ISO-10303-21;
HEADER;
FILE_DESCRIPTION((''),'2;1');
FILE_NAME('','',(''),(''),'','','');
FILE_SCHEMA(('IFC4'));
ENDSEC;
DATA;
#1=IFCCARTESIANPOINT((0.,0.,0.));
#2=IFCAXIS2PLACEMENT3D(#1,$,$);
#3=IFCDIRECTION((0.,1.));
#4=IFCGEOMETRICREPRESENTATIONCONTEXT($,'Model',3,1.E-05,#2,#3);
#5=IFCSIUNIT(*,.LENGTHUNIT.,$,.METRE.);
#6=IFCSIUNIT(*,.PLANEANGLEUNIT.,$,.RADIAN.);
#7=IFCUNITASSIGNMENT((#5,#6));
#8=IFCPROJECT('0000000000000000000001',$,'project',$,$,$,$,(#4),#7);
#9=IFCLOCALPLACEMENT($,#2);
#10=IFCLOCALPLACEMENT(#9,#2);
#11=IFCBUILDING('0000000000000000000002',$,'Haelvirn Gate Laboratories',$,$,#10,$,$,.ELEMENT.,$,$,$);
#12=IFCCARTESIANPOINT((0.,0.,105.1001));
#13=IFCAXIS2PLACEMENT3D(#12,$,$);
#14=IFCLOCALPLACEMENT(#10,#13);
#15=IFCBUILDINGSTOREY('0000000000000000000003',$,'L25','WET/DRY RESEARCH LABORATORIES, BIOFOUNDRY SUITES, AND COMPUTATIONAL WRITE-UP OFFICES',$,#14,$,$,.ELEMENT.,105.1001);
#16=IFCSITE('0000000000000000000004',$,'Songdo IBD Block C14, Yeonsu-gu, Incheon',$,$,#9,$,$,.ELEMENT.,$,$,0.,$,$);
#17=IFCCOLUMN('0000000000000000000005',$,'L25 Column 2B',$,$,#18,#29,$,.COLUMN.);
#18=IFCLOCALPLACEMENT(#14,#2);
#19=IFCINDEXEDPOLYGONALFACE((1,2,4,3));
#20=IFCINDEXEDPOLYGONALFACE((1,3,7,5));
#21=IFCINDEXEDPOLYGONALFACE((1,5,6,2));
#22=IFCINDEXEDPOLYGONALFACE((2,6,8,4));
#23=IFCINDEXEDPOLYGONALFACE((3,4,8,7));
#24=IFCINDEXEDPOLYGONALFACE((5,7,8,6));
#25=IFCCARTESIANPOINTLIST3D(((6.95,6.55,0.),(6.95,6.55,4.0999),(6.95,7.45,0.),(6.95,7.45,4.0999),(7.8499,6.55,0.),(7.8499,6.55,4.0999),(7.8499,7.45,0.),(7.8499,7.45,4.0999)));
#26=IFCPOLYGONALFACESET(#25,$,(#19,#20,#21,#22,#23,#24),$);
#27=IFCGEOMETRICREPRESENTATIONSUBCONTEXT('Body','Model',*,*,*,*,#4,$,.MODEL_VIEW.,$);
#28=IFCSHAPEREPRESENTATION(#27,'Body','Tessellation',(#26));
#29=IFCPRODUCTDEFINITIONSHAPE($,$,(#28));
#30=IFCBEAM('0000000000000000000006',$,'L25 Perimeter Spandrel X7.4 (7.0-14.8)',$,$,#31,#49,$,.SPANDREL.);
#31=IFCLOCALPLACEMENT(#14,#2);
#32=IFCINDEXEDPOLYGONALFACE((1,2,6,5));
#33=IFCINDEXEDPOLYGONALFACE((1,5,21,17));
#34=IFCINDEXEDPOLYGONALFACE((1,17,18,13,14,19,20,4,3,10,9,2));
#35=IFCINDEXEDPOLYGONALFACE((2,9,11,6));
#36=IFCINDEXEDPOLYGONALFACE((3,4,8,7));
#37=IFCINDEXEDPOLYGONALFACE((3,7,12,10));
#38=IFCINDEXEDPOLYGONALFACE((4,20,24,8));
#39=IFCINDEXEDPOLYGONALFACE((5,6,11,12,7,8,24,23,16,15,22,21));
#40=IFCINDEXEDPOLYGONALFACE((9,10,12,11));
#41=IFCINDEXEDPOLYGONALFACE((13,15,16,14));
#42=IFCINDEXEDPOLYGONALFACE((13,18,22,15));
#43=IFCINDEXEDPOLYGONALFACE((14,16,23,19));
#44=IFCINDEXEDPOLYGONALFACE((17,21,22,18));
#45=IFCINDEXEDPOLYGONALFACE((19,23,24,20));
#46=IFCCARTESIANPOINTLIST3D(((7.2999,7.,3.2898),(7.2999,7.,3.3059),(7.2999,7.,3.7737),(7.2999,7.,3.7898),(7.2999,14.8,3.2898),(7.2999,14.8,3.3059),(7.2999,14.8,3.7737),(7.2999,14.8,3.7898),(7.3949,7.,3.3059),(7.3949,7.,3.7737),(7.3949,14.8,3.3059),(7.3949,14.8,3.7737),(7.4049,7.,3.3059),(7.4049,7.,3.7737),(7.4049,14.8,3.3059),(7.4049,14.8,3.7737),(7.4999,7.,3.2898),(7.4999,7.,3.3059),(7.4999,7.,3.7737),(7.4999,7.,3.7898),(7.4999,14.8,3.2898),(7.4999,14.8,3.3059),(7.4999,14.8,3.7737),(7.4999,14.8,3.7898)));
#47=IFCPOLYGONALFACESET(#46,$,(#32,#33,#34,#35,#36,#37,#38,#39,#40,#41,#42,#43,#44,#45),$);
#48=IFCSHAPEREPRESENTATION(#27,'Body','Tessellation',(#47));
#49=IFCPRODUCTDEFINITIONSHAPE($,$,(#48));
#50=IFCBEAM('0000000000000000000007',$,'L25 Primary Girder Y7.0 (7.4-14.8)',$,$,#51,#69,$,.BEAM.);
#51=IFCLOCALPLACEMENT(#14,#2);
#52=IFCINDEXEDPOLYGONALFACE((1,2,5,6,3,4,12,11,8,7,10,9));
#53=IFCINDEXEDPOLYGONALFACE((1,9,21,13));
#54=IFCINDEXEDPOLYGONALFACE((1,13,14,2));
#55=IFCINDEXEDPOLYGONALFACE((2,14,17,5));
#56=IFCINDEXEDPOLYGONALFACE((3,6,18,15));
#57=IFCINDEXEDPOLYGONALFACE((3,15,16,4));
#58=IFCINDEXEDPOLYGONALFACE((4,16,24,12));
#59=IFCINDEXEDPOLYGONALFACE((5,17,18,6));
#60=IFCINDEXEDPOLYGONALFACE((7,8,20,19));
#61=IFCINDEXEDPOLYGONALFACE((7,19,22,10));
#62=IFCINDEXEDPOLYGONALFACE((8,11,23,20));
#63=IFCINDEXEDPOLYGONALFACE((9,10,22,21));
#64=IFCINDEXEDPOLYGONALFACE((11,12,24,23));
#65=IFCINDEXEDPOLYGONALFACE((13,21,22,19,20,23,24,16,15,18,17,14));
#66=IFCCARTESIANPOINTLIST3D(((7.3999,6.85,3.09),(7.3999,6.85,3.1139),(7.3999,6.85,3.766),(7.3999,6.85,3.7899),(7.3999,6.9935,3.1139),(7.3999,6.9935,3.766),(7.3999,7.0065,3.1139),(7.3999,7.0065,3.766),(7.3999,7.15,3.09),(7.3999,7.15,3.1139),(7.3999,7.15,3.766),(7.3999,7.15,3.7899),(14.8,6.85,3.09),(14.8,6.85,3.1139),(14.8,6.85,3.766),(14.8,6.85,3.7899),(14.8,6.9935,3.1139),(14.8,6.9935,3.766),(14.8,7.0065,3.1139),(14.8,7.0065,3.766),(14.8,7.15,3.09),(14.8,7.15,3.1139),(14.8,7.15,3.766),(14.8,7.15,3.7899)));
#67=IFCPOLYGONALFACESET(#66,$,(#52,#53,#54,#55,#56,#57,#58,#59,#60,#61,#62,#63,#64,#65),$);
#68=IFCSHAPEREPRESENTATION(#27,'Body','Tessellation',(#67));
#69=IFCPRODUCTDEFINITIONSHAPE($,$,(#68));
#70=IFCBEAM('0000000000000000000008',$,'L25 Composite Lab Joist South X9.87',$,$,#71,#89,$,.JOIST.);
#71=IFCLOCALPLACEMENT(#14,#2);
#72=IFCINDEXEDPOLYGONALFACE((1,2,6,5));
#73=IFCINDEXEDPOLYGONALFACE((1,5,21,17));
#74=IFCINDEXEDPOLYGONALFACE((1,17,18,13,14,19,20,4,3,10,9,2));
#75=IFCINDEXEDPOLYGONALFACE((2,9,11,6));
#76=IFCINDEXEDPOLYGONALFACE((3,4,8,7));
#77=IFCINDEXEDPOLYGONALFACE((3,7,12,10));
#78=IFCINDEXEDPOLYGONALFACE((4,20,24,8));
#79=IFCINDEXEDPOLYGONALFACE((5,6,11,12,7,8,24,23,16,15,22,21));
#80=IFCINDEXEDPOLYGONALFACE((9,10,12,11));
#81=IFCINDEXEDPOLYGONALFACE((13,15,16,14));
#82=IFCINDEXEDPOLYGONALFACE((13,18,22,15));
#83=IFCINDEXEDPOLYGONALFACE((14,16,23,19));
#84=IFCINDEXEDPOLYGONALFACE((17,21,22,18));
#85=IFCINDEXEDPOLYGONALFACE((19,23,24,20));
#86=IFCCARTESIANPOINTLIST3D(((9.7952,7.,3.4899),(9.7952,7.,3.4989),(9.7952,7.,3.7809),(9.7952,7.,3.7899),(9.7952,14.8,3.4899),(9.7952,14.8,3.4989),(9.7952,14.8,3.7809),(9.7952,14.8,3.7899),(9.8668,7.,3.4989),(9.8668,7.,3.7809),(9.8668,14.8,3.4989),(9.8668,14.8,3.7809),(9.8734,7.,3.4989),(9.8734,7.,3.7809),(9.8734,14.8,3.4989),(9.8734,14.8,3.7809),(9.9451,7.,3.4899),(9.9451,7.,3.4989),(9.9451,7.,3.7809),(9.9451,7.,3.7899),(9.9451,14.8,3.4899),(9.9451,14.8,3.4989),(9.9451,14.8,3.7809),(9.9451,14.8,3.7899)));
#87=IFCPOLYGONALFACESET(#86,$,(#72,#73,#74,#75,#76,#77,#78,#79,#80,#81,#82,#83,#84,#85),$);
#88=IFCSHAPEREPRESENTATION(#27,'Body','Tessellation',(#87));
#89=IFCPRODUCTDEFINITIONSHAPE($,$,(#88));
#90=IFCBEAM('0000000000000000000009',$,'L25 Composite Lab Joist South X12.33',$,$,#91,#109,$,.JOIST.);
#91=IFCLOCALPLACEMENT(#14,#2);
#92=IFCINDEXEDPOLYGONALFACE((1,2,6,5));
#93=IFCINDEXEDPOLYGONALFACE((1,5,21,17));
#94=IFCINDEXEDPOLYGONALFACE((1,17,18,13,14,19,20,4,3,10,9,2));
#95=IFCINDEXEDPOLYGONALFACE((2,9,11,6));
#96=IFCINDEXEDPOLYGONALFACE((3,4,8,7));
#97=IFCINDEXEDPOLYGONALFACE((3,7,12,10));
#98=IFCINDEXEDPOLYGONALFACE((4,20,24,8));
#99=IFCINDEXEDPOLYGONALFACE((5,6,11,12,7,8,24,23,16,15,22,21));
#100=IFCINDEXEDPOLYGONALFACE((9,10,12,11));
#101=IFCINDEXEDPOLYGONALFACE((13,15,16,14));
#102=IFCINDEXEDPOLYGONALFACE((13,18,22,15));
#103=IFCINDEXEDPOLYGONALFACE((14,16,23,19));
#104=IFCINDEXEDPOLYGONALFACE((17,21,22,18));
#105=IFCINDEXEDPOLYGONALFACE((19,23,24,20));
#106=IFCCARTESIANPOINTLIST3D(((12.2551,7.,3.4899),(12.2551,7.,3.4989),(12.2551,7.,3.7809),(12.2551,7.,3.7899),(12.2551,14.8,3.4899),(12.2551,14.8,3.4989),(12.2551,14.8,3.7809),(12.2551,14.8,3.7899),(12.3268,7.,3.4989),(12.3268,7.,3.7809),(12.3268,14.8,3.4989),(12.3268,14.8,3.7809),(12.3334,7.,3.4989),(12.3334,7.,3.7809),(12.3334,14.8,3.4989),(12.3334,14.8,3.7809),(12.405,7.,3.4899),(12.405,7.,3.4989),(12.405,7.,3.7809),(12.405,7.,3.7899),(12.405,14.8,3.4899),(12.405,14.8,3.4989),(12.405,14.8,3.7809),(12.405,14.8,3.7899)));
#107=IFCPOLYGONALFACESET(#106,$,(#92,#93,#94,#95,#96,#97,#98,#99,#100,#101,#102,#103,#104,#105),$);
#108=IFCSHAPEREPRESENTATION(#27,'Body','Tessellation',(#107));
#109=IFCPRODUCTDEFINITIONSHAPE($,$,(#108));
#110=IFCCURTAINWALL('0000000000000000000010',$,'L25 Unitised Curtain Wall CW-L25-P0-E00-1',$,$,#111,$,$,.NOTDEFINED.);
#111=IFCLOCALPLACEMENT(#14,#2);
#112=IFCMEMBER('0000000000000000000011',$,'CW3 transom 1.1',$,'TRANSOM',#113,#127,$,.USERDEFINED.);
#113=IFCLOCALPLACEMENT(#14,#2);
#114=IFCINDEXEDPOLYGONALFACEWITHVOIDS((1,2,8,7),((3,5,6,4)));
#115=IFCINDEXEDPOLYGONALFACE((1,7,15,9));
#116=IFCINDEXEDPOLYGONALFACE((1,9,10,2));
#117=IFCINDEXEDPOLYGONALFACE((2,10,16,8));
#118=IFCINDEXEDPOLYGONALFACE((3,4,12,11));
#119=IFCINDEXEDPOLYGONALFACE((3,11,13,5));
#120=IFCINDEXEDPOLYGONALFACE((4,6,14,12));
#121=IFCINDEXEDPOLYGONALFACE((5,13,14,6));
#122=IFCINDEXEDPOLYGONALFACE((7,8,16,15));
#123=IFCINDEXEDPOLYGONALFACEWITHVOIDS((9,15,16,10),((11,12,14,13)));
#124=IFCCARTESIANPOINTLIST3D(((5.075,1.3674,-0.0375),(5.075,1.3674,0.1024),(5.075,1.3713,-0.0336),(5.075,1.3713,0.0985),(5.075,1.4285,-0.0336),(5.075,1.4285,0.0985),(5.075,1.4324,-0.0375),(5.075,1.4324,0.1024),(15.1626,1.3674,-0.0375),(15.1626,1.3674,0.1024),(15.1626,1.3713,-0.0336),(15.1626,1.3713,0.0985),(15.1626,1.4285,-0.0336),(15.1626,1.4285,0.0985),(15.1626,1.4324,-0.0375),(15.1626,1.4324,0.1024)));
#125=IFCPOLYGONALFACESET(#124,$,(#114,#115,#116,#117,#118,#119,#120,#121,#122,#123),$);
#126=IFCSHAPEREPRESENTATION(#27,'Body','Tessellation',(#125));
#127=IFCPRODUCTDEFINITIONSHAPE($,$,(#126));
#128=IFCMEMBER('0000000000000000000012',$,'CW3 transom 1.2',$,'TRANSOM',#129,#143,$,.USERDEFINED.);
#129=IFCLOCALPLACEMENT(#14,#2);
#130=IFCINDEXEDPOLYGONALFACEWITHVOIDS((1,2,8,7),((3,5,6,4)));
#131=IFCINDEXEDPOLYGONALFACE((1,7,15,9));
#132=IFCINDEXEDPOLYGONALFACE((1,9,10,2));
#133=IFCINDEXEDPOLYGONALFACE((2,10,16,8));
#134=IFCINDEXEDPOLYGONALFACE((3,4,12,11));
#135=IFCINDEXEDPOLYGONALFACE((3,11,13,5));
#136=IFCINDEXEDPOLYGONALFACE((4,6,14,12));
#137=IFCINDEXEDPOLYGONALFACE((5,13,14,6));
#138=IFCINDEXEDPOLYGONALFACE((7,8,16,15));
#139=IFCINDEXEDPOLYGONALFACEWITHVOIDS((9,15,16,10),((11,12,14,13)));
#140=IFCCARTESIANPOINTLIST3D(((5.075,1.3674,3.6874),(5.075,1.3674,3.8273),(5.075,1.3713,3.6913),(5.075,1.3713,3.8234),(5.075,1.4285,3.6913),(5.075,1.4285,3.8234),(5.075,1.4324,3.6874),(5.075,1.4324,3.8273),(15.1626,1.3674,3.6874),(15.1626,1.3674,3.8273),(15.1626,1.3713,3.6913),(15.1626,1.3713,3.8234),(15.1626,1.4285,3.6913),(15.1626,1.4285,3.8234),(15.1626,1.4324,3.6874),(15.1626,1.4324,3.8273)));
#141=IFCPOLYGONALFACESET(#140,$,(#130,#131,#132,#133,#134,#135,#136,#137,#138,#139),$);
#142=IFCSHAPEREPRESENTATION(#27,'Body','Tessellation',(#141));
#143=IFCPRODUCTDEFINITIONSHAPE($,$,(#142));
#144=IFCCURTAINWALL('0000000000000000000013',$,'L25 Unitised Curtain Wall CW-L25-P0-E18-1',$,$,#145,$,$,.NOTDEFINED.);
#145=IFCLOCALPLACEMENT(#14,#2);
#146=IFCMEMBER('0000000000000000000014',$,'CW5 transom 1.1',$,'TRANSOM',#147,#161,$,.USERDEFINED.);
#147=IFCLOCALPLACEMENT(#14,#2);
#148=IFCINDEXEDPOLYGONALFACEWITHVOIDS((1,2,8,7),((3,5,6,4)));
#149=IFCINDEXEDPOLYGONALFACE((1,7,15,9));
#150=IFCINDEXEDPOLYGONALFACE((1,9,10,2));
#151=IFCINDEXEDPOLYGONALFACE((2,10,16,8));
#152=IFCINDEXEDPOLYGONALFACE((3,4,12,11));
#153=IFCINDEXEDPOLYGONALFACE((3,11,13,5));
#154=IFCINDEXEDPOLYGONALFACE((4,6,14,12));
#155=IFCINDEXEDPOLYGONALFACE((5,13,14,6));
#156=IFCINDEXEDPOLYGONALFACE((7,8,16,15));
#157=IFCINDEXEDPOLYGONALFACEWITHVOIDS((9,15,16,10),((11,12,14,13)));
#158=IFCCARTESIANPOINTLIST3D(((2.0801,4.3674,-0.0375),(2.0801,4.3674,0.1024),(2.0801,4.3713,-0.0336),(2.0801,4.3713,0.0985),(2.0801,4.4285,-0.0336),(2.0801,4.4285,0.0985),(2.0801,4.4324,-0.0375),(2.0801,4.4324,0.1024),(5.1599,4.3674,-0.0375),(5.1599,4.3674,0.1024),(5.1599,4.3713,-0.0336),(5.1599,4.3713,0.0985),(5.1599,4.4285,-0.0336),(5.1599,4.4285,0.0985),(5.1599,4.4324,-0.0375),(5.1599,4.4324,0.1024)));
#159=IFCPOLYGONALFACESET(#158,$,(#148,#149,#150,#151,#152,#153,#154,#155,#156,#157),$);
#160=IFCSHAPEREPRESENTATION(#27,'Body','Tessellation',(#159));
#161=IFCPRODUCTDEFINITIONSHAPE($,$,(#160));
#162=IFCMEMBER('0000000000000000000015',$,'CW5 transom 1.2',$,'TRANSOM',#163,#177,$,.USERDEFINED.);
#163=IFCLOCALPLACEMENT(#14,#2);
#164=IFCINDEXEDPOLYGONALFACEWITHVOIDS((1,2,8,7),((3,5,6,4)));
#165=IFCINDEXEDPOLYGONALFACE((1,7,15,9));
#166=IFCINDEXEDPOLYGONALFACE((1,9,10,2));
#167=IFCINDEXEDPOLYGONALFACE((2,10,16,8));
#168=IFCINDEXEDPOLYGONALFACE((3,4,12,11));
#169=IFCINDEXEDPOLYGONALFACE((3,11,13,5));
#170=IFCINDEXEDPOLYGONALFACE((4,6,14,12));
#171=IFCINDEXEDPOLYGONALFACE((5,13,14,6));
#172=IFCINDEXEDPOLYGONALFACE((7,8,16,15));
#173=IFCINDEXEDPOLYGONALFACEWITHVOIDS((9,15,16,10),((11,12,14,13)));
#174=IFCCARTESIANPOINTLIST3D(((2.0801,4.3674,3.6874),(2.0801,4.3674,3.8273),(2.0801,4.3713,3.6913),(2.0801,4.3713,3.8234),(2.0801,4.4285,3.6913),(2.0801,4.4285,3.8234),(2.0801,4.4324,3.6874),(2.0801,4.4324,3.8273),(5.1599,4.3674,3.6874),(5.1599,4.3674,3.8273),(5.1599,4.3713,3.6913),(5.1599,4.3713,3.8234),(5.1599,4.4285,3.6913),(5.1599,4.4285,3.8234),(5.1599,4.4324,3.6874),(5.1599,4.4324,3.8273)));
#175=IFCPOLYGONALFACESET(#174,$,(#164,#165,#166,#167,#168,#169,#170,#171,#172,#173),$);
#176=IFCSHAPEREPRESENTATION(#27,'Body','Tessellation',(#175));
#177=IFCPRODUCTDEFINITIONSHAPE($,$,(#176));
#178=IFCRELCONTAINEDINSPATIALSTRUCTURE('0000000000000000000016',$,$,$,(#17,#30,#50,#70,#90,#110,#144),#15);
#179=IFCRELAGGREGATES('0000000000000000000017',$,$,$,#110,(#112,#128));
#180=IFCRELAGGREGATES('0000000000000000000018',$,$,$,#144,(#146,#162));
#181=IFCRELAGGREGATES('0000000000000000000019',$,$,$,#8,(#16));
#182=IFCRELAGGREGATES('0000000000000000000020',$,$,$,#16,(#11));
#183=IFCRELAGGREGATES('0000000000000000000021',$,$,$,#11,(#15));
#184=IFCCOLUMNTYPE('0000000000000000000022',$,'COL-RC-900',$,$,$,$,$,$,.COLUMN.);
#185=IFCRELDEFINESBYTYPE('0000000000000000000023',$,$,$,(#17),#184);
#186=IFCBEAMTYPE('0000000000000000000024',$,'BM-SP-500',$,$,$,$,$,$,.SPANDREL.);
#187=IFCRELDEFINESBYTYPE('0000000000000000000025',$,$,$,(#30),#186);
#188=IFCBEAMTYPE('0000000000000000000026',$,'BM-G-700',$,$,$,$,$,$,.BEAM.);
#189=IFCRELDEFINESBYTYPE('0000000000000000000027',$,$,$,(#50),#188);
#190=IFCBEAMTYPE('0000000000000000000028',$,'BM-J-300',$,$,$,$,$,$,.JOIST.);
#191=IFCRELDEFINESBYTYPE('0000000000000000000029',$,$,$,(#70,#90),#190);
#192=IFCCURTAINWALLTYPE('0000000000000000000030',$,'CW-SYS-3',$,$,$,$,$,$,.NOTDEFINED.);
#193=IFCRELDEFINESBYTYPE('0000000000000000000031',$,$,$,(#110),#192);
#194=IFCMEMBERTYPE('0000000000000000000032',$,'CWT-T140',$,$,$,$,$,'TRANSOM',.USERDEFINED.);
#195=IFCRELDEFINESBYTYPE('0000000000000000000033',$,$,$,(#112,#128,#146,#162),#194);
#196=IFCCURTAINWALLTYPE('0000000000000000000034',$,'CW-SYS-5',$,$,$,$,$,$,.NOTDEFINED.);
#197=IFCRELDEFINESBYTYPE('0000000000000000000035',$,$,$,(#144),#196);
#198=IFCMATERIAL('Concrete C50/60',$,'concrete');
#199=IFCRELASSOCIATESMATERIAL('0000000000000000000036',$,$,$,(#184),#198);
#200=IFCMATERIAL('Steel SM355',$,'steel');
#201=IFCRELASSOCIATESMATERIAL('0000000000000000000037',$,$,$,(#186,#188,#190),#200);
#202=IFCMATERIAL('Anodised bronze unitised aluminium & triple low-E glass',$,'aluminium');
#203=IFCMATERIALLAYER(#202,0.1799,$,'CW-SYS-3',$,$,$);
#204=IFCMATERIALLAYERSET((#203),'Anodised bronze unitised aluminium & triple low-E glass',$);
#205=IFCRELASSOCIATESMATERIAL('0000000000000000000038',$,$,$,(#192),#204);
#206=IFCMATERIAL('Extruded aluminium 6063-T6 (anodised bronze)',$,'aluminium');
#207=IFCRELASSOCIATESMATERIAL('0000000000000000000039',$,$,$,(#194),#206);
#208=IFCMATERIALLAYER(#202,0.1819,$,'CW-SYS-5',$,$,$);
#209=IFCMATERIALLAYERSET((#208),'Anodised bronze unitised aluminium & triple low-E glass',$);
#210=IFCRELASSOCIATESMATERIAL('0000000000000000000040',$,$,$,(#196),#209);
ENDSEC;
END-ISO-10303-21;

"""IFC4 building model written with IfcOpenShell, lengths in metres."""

from ifc_helpers import new_model, si_unit, direction, frame, origin, origin_2d, place, context, subcontext, project, spatial, rectangle, hollow_rectangle, i_section, extrude, source, transform, mapped, material, layer, layer_set, material_profile, profile_set, type_object, type_shapes, element, aggregate, save


model = new_model("IFC4")

# Units and contexts
model_context = context("Model", 3, precision=1e-05, world=origin(), true_north=direction((0.0, 1.0)))
body_context = subcontext(model_context, "Body", "Model", "MODEL_VIEW")
ifc_project = project(units=[si_unit("LENGTHUNIT", "METRE"), si_unit("PLANEANGLEUNIT", "RADIAN")], contexts=[model_context])

# Site, building, storey
site_placement = place(None, origin())
site = spatial("IfcSite", under=ifc_project, at=site_placement, Name="Songdo IBD Block C14, Yeonsu-gu, Incheon", CompositionType="ELEMENT", RefElevation=0.0)
building_placement = place(site_placement, origin())
building = spatial("IfcBuilding", under=site, at=building_placement, Name="Haelvirn Gate Laboratories", CompositionType="ELEMENT")
storey_placement = place(building_placement, frame((0.0, 0.0, 105.1001)))
storey = spatial("IfcBuildingStorey", under=building, at=storey_placement, Name="L25", Description="WET/DRY RESEARCH LABORATORIES, BIOFOUNDRY SUITES, AND COMPUTATIONAL WRITE-UP OFFICES", CompositionType="ELEMENT", Elevation=105.1001)

# Column
ifc_material_1 = material(Name="Concrete C50/60", Category="concrete")
ifc_material_profile_1 = material_profile(ifc_material_1, rectangle(XDim=0.8999, YDim=0.8999, at=origin_2d()), Name="RC-900x900")
ifc_profile_set_1 = profile_set([ifc_material_profile_1], Name="Concrete C50/60")
column_type = type_object("IfcColumnType", Name="COL-RC-900", PredefinedType="COLUMN", material=ifc_profile_set_1)
shared_shape_1 = source(origin(), body_context, "Body", "SweptSolid", [
    extrude(rectangle(XDim=0.8999, YDim=0.8999, at=origin_2d()), origin(), (0.0, 0.0, 1.0), 4.0999),
])
type_shapes(column_type, [shared_shape_1])
column_placement = place(storey_placement, frame((7.3999, 7.0, 0.0), z_axis=(0.0, 0.0, 1.0), x_axis=(1.0, 0.0, 0.0)))
element("IfcColumn", 1, at=column_placement, inside=storey, type_object=column_type, Name="L25 Column 2B", PredefinedType="COLUMN", context=body_context, shape_type="MappedRepresentation", body=[
    mapped(shared_shape_1, transform((0.0, 0.0, 0.0), scale=1.0)),
])

# Beams
ifc_material_2 = material(Name="Steel SM355", Category="steel")
ifc_material_profile_2 = material_profile(ifc_material_2, i_section(OverallWidth=0.2, OverallDepth=0.5, WebThickness=0.01, FlangeThickness=0.0161, at=origin_2d()), Name="H-500x200x10x16")
ifc_profile_set_2 = profile_set([ifc_material_profile_2], Name="Steel SM355")
beam_type_1 = type_object("IfcBeamType", Name="BM-SP-500", PredefinedType="SPANDREL", material=ifc_profile_set_2)
shared_shape_2 = source(origin(), body_context, "Body", "SweptSolid", [
    extrude(i_section(OverallWidth=0.2, OverallDepth=0.5, WebThickness=0.01, FlangeThickness=0.0161, at=origin_2d()), origin(), (0.0, 0.0, 1.0), 7.8),
])
type_shapes(beam_type_1, [shared_shape_2])
beam_1_placement = place(storey_placement, frame((7.3999, 7.0, 3.5398), z_axis=(0.0, 1.0, 0.0), x_axis=(-1.0, 0.0, 0.0)))
element("IfcBeam", 2, at=beam_1_placement, inside=storey, type_object=beam_type_1, Name="L25 Perimeter Spandrel X7.4 (7.0-14.8)", PredefinedType="SPANDREL", context=body_context, shape_type="MappedRepresentation", body=[
    mapped(shared_shape_2, transform((0.0, 0.0, 0.0), scale=1.0)),
])
ifc_material_profile_3 = material_profile(ifc_material_2, i_section(OverallWidth=0.3, OverallDepth=0.7, WebThickness=0.0129, FlangeThickness=0.0239, at=origin_2d()), Name="H-700x300x13x24")
ifc_profile_set_3 = profile_set([ifc_material_profile_3], Name="Steel SM355")
beam_type_2 = type_object("IfcBeamType", Name="BM-G-700", PredefinedType="BEAM", material=ifc_profile_set_3)
shared_shape_3 = source(origin(), body_context, "Body", "SweptSolid", [
    extrude(i_section(OverallWidth=0.3, OverallDepth=0.7, WebThickness=0.0129, FlangeThickness=0.0239, at=origin_2d()), origin(), (0.0, 0.0, 1.0), 7.4001),
])
type_shapes(beam_type_2, [shared_shape_3])
beam_2_placement = place(storey_placement, frame((7.3999, 7.0, 3.4399), z_axis=(1.0, 0.0, 0.0), x_axis=(0.0, 1.0, 0.0)))
element("IfcBeam", 3, at=beam_2_placement, inside=storey, type_object=beam_type_2, Name="L25 Primary Girder Y7.0 (7.4-14.8)", PredefinedType="BEAM", context=body_context, shape_type="MappedRepresentation", body=[
    mapped(shared_shape_3, transform((0.0, 0.0, 0.0), scale=1.0)),
])
ifc_material_profile_4 = material_profile(ifc_material_2, i_section(OverallWidth=0.1499, OverallDepth=0.3, WebThickness=0.0066, FlangeThickness=0.009, at=origin_2d()), Name="H-300x150x6.5x9")
ifc_profile_set_4 = profile_set([ifc_material_profile_4], Name="Steel SM355")
beam_type_3 = type_object("IfcBeamType", Name="BM-J-300", PredefinedType="JOIST", material=ifc_profile_set_4)
shared_shape_4 = source(origin(), body_context, "Body", "SweptSolid", [
    extrude(i_section(OverallWidth=0.1499, OverallDepth=0.3, WebThickness=0.0066, FlangeThickness=0.009, at=origin_2d()), origin(), (0.0, 0.0, 1.0), 7.8),
])
type_shapes(beam_type_3, [shared_shape_4])
for number, where, z_axis, x_axis, name in (
    (4, (9.8701, 7.0, 3.6399), (0.0, 1.0, 0.0), (-1.0, 0.0, 0.0), "L25 Composite Lab Joist South X9.87"),
    (5, (12.3301, 7.0, 3.6399), (0.0, 1.0, 0.0), (-1.0, 0.0, 0.0), "L25 Composite Lab Joist South X12.33"),
):
    element("IfcBeam", number, at=place(storey_placement, frame(where, z_axis=z_axis, x_axis=x_axis)), inside=storey, type_object=beam_type_3, Name=name, PredefinedType="JOIST", context=body_context, shape_type="MappedRepresentation", body=[
        mapped(shared_shape_4, transform((0.0, 0.0, 0.0), scale=1.0)),
    ])

# Curtain walls, members
ifc_material_3 = material(Name="Anodised bronze unitised aluminium & triple low-E glass", Category="aluminium")
ifc_layer_1 = layer(ifc_material_3, 0.1799, Name="CW-SYS-3")
ifc_layer_set_1 = layer_set([ifc_layer_1], Name="Anodised bronze unitised aluminium & triple low-E glass")
curtain_wall_type_1 = type_object("IfcCurtainWallType", Name="CW-SYS-3", PredefinedType="NOTDEFINED", material=ifc_layer_set_1)
curtain_wall_1_placement = place(storey_placement, origin())
curtain_wall_1 = element("IfcCurtainWall", 6, at=curtain_wall_1_placement, inside=storey, type_object=curtain_wall_type_1, Name="L25 Unitised Curtain Wall CW-L25-P0-E00-1", PredefinedType="NOTDEFINED")
ifc_material_4 = material(Name="Extruded aluminium 6063-T6 (anodised bronze)", Category="aluminium")
ifc_material_profile_5 = material_profile(ifc_material_4, hollow_rectangle(XDim=0.0649, YDim=0.1399, WallThickness=0.0039, at=origin_2d()), Name="CWT-140x65x4")
ifc_profile_set_5 = profile_set([ifc_material_profile_5], Name="Extruded aluminium 6063-T6 (anodised bronze)")
member_type_1 = type_object("IfcMemberType", Name="CWT-T140", ElementType="TRANSOM", PredefinedType="USERDEFINED", material=ifc_profile_set_5)
shared_shape_5 = source(origin(), body_context, "Body", "SweptSolid", [
    extrude(hollow_rectangle(XDim=0.0649, YDim=0.1399, WallThickness=0.0039, at=origin_2d()), origin(), (0.0, 0.0, 1.0), 10.0876),
])
member_1_placement = place(storey_placement, frame((5.075, 1.3999, 0.0325), z_axis=(1.0, 0.0, 0.0), x_axis=(0.0, 1.0, 0.0)))
member_1 = element("IfcMember", 7, at=member_1_placement, type_object=member_type_1, Name="CW3 transom 1.1", ObjectType="TRANSOM", PredefinedType="USERDEFINED", context=body_context, shape_type="MappedRepresentation", body=[
    mapped(shared_shape_5, transform((0.0, 0.0, 0.0), scale=1.0)),
])
member_2_placement = place(storey_placement, frame((5.075, 1.3999, 3.7573), z_axis=(1.0, 0.0, 0.0), x_axis=(0.0, 1.0, 0.0)))
member_2 = element("IfcMember", 8, at=member_2_placement, type_object=member_type_1, Name="CW3 transom 1.2", ObjectType="TRANSOM", PredefinedType="USERDEFINED", context=body_context, shape_type="MappedRepresentation", body=[
    mapped(shared_shape_5, transform((0.0, 0.0, 0.0), scale=1.0)),
])
ifc_layer_2 = layer(ifc_material_3, 0.1819, Name="CW-SYS-5")
ifc_layer_set_2 = layer_set([ifc_layer_2], Name="Anodised bronze unitised aluminium & triple low-E glass")
curtain_wall_type_2 = type_object("IfcCurtainWallType", Name="CW-SYS-5", PredefinedType="NOTDEFINED", material=ifc_layer_set_2)
curtain_wall_2_placement = place(storey_placement, origin())
curtain_wall_2 = element("IfcCurtainWall", 9, at=curtain_wall_2_placement, inside=storey, type_object=curtain_wall_type_2, Name="L25 Unitised Curtain Wall CW-L25-P0-E18-1", PredefinedType="NOTDEFINED")
shared_shape_6 = source(origin(), body_context, "Body", "SweptSolid", [
    extrude(hollow_rectangle(XDim=0.0649, YDim=0.1399, WallThickness=0.0039, at=origin_2d()), origin(), (0.0, 0.0, 1.0), 3.0798),
])
type_shapes(member_type_1, [shared_shape_5, shared_shape_6])
member_3_placement = place(storey_placement, frame((2.0801, 4.3999, 0.0325), z_axis=(1.0, 0.0, 0.0), x_axis=(0.0, 1.0, 0.0)))
member_3 = element("IfcMember", 10, at=member_3_placement, type_object=member_type_1, Name="CW5 transom 1.1", ObjectType="TRANSOM", PredefinedType="USERDEFINED", context=body_context, shape_type="MappedRepresentation", body=[
    mapped(shared_shape_6, transform((0.0, 0.0, 0.0), scale=1.0)),
])
member_4_placement = place(storey_placement, frame((2.0801, 4.3999, 3.7573), z_axis=(1.0, 0.0, 0.0), x_axis=(0.0, 1.0, 0.0)))
member_4 = element("IfcMember", 11, at=member_4_placement, type_object=member_type_1, Name="CW5 transom 1.2", ObjectType="TRANSOM", PredefinedType="USERDEFINED", context=body_context, shape_type="MappedRepresentation", body=[
    mapped(shared_shape_6, transform((0.0, 0.0, 0.0), scale=1.0)),
])

aggregate(curtain_wall_1, [member_1, member_2])
aggregate(curtain_wall_2, [member_3, member_4])

save(model, "model.ifc")
